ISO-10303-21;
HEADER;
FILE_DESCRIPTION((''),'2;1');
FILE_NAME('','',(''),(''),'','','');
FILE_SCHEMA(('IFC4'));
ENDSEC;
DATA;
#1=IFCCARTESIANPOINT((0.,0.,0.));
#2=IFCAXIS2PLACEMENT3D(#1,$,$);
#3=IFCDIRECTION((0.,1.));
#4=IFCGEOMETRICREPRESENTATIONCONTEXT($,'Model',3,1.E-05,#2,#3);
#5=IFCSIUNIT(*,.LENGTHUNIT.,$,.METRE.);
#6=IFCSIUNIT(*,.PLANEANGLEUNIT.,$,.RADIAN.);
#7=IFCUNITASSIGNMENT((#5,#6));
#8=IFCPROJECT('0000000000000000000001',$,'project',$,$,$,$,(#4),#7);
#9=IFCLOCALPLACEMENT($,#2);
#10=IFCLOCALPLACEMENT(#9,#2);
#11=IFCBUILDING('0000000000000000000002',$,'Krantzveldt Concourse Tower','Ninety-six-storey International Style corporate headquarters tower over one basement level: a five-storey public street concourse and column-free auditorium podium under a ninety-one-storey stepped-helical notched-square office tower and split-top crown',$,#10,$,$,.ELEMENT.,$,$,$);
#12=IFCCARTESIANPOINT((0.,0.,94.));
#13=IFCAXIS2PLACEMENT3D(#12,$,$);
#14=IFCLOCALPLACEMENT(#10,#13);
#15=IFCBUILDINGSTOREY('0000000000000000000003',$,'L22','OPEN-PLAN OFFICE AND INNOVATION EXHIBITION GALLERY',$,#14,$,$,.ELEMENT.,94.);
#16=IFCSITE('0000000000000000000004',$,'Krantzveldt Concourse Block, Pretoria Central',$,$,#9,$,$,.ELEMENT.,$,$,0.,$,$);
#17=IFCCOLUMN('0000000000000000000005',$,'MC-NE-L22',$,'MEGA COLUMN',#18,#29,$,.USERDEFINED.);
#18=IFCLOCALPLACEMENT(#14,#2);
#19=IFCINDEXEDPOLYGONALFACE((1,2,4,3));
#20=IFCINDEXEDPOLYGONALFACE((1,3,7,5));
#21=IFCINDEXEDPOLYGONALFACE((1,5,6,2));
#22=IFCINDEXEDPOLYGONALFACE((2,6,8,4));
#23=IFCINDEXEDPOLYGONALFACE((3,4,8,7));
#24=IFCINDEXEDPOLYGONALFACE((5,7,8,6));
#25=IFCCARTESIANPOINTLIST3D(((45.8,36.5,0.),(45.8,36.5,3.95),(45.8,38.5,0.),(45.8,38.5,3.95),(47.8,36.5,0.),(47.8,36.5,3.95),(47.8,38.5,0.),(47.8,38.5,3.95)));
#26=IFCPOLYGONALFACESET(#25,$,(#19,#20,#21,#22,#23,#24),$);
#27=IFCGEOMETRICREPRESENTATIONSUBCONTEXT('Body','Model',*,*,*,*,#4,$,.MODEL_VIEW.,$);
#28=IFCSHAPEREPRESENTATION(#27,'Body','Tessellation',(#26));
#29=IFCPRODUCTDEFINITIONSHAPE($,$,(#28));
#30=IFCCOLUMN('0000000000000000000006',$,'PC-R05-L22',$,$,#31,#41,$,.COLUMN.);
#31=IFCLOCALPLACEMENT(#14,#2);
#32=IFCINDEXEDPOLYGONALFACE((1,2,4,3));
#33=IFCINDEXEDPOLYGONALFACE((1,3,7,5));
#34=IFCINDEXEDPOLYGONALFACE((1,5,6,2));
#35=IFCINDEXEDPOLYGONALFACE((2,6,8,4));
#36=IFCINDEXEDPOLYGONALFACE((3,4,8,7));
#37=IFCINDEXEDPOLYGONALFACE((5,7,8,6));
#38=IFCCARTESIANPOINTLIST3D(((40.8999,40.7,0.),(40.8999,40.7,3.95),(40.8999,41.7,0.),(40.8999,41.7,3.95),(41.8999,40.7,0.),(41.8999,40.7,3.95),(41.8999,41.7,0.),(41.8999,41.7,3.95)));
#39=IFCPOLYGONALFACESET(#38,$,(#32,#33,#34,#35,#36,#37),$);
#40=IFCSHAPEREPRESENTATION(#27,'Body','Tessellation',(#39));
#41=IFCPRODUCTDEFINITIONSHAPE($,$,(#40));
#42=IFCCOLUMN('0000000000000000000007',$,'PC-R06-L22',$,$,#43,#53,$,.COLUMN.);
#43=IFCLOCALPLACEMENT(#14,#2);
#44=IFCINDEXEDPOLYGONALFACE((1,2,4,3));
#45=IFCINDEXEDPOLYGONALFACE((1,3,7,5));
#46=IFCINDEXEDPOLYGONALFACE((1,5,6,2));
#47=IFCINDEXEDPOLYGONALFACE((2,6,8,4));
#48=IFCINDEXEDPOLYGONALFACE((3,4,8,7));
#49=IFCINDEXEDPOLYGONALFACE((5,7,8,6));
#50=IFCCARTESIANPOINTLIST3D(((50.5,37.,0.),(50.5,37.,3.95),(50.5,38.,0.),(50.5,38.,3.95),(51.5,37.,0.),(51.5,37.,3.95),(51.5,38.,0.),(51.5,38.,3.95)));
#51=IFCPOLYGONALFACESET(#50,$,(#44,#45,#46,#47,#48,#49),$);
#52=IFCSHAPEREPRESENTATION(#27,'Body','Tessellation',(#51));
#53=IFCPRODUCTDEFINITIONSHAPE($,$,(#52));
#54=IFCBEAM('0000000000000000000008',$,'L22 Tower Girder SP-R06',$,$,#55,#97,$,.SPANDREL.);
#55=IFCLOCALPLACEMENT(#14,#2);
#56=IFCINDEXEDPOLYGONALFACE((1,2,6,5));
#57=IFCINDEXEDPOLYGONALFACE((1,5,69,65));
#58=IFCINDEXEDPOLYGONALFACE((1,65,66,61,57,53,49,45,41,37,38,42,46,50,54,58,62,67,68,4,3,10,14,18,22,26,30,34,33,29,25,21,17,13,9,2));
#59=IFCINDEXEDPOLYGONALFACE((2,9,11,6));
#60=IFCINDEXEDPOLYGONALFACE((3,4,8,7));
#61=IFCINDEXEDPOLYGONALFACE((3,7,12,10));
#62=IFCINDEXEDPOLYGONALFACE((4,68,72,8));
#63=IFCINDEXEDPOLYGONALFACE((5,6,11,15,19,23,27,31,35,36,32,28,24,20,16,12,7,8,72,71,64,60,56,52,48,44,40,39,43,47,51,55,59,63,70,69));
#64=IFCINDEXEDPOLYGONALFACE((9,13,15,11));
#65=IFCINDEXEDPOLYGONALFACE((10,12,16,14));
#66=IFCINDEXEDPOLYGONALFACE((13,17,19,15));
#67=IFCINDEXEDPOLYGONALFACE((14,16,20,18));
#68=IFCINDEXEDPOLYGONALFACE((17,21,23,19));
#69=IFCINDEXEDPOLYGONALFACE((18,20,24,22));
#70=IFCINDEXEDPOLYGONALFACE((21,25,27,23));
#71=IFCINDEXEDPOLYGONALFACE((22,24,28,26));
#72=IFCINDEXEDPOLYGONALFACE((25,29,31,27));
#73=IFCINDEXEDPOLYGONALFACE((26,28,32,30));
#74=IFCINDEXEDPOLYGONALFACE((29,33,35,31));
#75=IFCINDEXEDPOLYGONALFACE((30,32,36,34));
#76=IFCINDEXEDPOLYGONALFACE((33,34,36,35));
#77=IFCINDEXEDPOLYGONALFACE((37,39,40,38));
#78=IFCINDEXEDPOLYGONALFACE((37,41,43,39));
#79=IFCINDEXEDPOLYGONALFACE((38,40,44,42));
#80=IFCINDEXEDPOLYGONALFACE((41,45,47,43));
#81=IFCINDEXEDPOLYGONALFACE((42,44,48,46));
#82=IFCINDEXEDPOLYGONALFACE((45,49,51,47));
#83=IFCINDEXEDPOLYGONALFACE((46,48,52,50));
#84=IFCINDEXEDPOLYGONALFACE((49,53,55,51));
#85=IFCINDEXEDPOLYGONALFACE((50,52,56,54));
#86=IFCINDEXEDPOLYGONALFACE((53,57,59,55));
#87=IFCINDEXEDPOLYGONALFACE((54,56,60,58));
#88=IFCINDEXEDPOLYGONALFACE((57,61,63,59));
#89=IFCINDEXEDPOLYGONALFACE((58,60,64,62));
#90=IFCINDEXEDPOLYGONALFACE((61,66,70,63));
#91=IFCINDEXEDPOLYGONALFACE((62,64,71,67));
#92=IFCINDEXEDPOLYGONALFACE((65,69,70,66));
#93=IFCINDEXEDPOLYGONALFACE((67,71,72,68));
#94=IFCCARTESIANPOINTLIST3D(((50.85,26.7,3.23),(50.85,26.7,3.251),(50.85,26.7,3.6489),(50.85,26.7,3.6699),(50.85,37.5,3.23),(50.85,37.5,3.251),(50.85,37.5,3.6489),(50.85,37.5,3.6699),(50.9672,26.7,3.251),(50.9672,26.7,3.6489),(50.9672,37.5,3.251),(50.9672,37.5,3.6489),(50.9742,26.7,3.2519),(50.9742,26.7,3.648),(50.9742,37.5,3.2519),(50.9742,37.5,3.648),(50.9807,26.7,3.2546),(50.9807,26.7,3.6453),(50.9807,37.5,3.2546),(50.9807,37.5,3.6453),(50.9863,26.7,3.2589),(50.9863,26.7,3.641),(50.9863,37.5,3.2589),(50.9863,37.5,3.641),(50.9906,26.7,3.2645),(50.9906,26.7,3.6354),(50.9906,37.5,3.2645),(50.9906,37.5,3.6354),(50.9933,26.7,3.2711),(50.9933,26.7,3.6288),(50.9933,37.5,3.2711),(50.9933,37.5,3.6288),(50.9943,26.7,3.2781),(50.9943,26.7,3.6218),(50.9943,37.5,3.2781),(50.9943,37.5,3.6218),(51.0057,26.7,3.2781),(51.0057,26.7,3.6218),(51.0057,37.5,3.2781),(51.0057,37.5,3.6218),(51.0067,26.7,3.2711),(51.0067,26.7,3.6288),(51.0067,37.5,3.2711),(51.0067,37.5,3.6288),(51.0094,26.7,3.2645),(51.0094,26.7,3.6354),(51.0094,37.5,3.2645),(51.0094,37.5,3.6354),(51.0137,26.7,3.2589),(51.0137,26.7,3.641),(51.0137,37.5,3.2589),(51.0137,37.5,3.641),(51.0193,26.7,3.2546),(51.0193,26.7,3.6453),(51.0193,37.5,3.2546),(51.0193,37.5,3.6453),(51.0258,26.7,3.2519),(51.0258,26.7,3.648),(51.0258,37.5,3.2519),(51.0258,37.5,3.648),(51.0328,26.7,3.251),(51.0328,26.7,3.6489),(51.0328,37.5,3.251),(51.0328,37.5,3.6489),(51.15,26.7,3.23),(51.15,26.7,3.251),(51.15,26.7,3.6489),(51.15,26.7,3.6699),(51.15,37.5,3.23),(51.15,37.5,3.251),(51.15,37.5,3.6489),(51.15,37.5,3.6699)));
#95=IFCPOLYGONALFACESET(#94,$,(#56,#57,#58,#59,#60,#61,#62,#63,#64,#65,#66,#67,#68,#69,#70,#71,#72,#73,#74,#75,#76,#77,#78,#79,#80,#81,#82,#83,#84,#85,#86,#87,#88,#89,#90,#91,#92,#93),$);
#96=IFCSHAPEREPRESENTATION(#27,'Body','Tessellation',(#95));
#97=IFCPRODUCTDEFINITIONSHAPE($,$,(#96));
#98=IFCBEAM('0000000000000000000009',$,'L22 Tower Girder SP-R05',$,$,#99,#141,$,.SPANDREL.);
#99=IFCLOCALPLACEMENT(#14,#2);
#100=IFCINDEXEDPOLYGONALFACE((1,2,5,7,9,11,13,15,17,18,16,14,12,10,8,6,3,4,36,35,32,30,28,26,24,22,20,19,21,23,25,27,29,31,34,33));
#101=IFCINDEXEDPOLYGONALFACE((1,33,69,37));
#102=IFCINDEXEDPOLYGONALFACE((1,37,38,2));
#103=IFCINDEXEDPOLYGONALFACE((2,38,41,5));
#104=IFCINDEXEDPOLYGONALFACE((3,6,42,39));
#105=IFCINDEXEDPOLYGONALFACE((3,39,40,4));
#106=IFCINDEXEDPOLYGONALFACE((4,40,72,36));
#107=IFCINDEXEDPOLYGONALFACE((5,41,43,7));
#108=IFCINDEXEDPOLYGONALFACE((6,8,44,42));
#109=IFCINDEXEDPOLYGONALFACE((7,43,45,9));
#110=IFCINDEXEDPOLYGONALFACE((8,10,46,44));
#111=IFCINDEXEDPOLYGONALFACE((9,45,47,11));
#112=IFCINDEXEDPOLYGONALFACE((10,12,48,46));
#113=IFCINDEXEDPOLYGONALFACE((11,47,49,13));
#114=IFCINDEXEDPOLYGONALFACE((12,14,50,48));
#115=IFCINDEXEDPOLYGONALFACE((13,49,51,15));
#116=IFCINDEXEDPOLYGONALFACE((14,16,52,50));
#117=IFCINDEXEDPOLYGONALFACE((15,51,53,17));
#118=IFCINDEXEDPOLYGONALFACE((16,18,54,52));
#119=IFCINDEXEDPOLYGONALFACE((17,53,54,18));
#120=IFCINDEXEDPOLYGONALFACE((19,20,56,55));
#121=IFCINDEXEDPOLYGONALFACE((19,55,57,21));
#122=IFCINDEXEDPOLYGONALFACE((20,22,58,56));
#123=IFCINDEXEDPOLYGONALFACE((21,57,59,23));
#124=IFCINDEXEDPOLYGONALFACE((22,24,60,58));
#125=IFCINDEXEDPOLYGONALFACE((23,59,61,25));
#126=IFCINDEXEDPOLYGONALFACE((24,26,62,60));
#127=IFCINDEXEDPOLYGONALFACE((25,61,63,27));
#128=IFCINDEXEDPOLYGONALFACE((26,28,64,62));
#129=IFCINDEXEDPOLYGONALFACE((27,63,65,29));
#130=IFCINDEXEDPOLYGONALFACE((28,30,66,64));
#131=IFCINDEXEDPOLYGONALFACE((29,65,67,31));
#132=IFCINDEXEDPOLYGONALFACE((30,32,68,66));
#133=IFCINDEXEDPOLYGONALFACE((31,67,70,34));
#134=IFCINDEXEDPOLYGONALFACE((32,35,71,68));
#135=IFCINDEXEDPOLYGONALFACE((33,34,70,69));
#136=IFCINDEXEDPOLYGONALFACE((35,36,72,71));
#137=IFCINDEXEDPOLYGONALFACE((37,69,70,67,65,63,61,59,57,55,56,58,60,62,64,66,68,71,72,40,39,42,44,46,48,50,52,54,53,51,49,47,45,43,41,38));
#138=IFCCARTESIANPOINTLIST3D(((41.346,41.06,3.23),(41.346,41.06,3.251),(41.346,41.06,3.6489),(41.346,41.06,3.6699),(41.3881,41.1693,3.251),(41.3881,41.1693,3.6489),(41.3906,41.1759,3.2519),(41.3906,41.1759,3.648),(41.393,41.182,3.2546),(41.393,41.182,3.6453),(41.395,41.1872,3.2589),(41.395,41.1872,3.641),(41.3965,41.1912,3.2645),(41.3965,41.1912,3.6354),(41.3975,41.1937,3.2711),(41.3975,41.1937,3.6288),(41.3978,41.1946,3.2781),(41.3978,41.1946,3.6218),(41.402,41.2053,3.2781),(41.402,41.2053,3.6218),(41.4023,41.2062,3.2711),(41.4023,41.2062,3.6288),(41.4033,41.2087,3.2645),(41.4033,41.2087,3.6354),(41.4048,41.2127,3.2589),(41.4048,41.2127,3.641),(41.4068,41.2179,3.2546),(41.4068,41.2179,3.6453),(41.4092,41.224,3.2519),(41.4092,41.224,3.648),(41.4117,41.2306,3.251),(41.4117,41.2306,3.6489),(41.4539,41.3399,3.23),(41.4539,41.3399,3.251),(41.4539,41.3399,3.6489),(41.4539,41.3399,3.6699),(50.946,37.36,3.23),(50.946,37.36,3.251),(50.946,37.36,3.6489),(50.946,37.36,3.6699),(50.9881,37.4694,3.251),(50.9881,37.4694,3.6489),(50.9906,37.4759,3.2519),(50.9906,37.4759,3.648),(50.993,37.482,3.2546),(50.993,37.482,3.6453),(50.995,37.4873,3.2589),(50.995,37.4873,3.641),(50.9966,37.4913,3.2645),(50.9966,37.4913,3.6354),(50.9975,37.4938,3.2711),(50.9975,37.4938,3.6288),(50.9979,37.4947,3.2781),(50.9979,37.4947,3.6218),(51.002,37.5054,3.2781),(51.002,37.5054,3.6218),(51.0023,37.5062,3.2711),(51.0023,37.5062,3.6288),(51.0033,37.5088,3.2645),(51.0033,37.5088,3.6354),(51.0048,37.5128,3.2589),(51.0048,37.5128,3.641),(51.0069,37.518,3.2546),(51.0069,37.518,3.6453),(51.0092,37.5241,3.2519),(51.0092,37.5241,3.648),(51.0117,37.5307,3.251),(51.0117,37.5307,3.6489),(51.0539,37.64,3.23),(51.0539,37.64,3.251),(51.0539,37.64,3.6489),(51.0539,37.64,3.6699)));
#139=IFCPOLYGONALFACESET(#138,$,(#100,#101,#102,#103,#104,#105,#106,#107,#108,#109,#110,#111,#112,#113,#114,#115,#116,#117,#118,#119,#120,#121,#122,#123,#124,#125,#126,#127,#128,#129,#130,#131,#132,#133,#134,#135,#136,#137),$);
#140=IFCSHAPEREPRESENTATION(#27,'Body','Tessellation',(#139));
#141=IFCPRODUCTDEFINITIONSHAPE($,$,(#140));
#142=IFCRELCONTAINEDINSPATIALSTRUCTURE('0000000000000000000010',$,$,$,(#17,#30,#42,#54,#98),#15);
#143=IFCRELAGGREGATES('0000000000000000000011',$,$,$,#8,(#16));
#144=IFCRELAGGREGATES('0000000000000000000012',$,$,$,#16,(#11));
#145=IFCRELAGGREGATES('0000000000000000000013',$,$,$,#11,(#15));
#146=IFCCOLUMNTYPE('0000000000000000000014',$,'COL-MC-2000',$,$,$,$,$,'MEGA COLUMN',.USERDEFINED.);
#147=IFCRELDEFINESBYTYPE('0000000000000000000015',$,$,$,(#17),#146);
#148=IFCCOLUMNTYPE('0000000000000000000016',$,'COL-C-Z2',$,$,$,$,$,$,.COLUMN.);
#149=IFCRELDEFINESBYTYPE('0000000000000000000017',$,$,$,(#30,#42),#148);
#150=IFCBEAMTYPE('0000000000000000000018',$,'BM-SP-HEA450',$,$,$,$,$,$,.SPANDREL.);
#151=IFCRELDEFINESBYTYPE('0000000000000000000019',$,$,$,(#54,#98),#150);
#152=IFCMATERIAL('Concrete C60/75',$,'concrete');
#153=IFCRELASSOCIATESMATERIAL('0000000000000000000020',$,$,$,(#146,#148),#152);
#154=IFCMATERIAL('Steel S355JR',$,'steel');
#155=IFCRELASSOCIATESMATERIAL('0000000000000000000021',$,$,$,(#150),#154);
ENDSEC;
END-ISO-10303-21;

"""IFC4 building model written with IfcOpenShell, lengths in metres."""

from ifc_helpers import new_model, si_unit, direction, frame, origin, origin_2d, place, context, subcontext, project, spatial, rectangle, i_section, extrude, source, transform, mapped, material, material_profile, profile_set, type_object, type_shapes, element, save


model = new_model("IFC4")

# Units and contexts
model_context = context("Model", 3, precision=1e-05, world=origin(), true_north=direction((0.0, 1.0)))
body_context = subcontext(model_context, "Body", "Model", "MODEL_VIEW")
ifc_project = project(units=[si_unit("LENGTHUNIT", "METRE"), si_unit("PLANEANGLEUNIT", "RADIAN")], contexts=[model_context])

# Site, building, storey
site_placement = place(None, origin())
site = spatial("IfcSite", under=ifc_project, at=site_placement, Name="Krantzveldt Concourse Block, Pretoria Central", CompositionType="ELEMENT", RefElevation=0.0)
building_placement = place(site_placement, origin())
building = spatial("IfcBuilding", under=site, at=building_placement, Name="Krantzveldt Concourse Tower", Description="Ninety-six-storey International Style corporate headquarters tower over one basement level: a five-storey public street concourse and column-free auditorium podium under a ninety-one-storey stepped-helical notched-square office tower and split-top crown", CompositionType="ELEMENT")
storey_placement = place(building_placement, frame((0.0, 0.0, 94.0)))
storey = spatial("IfcBuildingStorey", under=building, at=storey_placement, Name="L22", Description="OPEN-PLAN OFFICE AND INNOVATION EXHIBITION GALLERY", CompositionType="ELEMENT", Elevation=94.0)

# Columns
ifc_material_1 = material(Name="Concrete C60/75", Category="concrete")
ifc_material_profile_1 = material_profile(ifc_material_1, rectangle(XDim=2.0, YDim=2.0, at=origin_2d()), Name="Concrete C60/75", Category="concrete")
ifc_profile_set_1 = profile_set([ifc_material_profile_1], Name="Concrete C60/75 - RC 2000x2000")
column_type_1 = type_object("IfcColumnType", Name="COL-MC-2000", ElementType="MEGA COLUMN", PredefinedType="USERDEFINED", material=ifc_profile_set_1)
shared_shape_1 = source(origin(), body_context, "Body", "SweptSolid", [
    extrude(rectangle(XDim=2.0, YDim=2.0, at=origin_2d()), origin(), (0.0, 0.0, 1.0), 3.95),
])
type_shapes(column_type_1, [shared_shape_1])
column_placement = place(storey_placement, frame((46.8, 37.5, 0.0), z_axis=(0.0, 0.0, 1.0), x_axis=(1.0, 0.0, 0.0)))
element("IfcColumn", 1, at=column_placement, inside=storey, type_object=column_type_1, Name="MC-NE-L22", ObjectType="MEGA COLUMN", PredefinedType="USERDEFINED", context=body_context, shape_type="MappedRepresentation", body=[
    mapped(shared_shape_1, transform((0.0, 0.0, 0.0), x_axis=(1.0, 0.0, 0.0), y_axis=(0.0, 1.0, 0.0), z_axis=(0.0, 0.0, 1.0), scale=1.0)),
])
ifc_material_profile_2 = material_profile(ifc_material_1, rectangle(XDim=1.0, YDim=1.0, at=origin_2d()), Name="Concrete C60/75", Category="concrete")
ifc_profile_set_2 = profile_set([ifc_material_profile_2], Name="Concrete C60/75 - RC 1000x1000")
column_type_2 = type_object("IfcColumnType", Name="COL-C-Z2", PredefinedType="COLUMN", material=ifc_profile_set_2)
shared_shape_2 = source(origin(), body_context, "Body", "SweptSolid", [
    extrude(rectangle(XDim=1.0, YDim=1.0, at=origin_2d()), origin(), (0.0, 0.0, 1.0), 3.95),
])
type_shapes(column_type_2, [shared_shape_2])
for number, where, z_axis, x_axis, name in (
    (2, (41.3999, 41.2, 0.0), (0.0, 0.0, 1.0), (1.0, 0.0, 0.0), "PC-R05-L22"),
    (3, (51.0, 37.5, 0.0), (0.0, 0.0, 1.0), (1.0, 0.0, 0.0), "PC-R06-L22"),
):
    element("IfcColumn", number, at=place(storey_placement, frame(where, z_axis=z_axis, x_axis=x_axis)), inside=storey, type_object=column_type_2, Name=name, PredefinedType="COLUMN", context=body_context, shape_type="MappedRepresentation", body=[
        mapped(shared_shape_2, transform((0.0, 0.0, 0.0), x_axis=(1.0, 0.0, 0.0), y_axis=(0.0, 1.0, 0.0), z_axis=(0.0, 0.0, 1.0), scale=1.0)),
    ])

# Beams
ifc_material_2 = material(Name="Steel S355JR", Category="steel")
ifc_material_profile_3 = material_profile(ifc_material_2, i_section(OverallWidth=0.3, OverallDepth=0.4399, WebThickness=0.0115, FlangeThickness=0.021, FilletRadius=0.0271, at=origin_2d()), Name="Steel S355JR", Category="steel")
ifc_profile_set_3 = profile_set([ifc_material_profile_3], Name="Steel S355JR - HEA 450")
beam_type_1 = type_object("IfcBeamType", Name="BM-SP-HEA450", PredefinedType="SPANDREL", material=ifc_profile_set_3)
shared_shape_3 = source(origin(), body_context, "Body", "SweptSolid", [
    extrude(i_section(OverallWidth=0.3, OverallDepth=0.4399, WebThickness=0.0115, FlangeThickness=0.021, FilletRadius=0.0271, at=origin_2d()), origin(), (0.0, 0.0, 1.0), 10.8),
])
beam_1_placement = place(storey_placement, frame((51.0, 37.5, 3.45), z_axis=(0.0, -1.0, 0.0), x_axis=(1.0, 0.0, 0.0)))
element("IfcBeam", 4, at=beam_1_placement, inside=storey, type_object=beam_type_1, Name="L22 Tower Girder SP-R06", PredefinedType="SPANDREL", context=body_context, shape_type="MappedRepresentation", body=[
    mapped(shared_shape_3, transform((0.0, 0.0, 0.0), x_axis=(1.0, 0.0, 0.0), y_axis=(0.0, 1.0, 0.0), z_axis=(0.0, 0.0, 1.0), scale=1.0)),
])
shared_shape_4 = source(origin(), body_context, "Body", "SweptSolid", [
    extrude(i_section(OverallWidth=0.3, OverallDepth=0.4399, WebThickness=0.0115, FlangeThickness=0.021, FilletRadius=0.0271, at=origin_2d()), origin(), (0.0, 0.0, 1.0), 10.2883),
])
type_shapes(beam_type_1, [shared_shape_3, shared_shape_4])
beam_2_placement = place(storey_placement, frame((41.3999, 41.2, 3.45), z_axis=(0.933098, -0.359623, 0.0), x_axis=(0.359623, 0.933098, 0.0)))
element("IfcBeam", 5, at=beam_2_placement, inside=storey, type_object=beam_type_1, Name="L22 Tower Girder SP-R05", PredefinedType="SPANDREL", context=body_context, shape_type="MappedRepresentation", body=[
    mapped(shared_shape_4, transform((0.0, 0.0, 0.0), x_axis=(1.0, 0.0, 0.0), y_axis=(0.0, 1.0, 0.0), z_axis=(0.0, 0.0, 1.0), scale=1.0)),
])

save(model, "model.ifc")
